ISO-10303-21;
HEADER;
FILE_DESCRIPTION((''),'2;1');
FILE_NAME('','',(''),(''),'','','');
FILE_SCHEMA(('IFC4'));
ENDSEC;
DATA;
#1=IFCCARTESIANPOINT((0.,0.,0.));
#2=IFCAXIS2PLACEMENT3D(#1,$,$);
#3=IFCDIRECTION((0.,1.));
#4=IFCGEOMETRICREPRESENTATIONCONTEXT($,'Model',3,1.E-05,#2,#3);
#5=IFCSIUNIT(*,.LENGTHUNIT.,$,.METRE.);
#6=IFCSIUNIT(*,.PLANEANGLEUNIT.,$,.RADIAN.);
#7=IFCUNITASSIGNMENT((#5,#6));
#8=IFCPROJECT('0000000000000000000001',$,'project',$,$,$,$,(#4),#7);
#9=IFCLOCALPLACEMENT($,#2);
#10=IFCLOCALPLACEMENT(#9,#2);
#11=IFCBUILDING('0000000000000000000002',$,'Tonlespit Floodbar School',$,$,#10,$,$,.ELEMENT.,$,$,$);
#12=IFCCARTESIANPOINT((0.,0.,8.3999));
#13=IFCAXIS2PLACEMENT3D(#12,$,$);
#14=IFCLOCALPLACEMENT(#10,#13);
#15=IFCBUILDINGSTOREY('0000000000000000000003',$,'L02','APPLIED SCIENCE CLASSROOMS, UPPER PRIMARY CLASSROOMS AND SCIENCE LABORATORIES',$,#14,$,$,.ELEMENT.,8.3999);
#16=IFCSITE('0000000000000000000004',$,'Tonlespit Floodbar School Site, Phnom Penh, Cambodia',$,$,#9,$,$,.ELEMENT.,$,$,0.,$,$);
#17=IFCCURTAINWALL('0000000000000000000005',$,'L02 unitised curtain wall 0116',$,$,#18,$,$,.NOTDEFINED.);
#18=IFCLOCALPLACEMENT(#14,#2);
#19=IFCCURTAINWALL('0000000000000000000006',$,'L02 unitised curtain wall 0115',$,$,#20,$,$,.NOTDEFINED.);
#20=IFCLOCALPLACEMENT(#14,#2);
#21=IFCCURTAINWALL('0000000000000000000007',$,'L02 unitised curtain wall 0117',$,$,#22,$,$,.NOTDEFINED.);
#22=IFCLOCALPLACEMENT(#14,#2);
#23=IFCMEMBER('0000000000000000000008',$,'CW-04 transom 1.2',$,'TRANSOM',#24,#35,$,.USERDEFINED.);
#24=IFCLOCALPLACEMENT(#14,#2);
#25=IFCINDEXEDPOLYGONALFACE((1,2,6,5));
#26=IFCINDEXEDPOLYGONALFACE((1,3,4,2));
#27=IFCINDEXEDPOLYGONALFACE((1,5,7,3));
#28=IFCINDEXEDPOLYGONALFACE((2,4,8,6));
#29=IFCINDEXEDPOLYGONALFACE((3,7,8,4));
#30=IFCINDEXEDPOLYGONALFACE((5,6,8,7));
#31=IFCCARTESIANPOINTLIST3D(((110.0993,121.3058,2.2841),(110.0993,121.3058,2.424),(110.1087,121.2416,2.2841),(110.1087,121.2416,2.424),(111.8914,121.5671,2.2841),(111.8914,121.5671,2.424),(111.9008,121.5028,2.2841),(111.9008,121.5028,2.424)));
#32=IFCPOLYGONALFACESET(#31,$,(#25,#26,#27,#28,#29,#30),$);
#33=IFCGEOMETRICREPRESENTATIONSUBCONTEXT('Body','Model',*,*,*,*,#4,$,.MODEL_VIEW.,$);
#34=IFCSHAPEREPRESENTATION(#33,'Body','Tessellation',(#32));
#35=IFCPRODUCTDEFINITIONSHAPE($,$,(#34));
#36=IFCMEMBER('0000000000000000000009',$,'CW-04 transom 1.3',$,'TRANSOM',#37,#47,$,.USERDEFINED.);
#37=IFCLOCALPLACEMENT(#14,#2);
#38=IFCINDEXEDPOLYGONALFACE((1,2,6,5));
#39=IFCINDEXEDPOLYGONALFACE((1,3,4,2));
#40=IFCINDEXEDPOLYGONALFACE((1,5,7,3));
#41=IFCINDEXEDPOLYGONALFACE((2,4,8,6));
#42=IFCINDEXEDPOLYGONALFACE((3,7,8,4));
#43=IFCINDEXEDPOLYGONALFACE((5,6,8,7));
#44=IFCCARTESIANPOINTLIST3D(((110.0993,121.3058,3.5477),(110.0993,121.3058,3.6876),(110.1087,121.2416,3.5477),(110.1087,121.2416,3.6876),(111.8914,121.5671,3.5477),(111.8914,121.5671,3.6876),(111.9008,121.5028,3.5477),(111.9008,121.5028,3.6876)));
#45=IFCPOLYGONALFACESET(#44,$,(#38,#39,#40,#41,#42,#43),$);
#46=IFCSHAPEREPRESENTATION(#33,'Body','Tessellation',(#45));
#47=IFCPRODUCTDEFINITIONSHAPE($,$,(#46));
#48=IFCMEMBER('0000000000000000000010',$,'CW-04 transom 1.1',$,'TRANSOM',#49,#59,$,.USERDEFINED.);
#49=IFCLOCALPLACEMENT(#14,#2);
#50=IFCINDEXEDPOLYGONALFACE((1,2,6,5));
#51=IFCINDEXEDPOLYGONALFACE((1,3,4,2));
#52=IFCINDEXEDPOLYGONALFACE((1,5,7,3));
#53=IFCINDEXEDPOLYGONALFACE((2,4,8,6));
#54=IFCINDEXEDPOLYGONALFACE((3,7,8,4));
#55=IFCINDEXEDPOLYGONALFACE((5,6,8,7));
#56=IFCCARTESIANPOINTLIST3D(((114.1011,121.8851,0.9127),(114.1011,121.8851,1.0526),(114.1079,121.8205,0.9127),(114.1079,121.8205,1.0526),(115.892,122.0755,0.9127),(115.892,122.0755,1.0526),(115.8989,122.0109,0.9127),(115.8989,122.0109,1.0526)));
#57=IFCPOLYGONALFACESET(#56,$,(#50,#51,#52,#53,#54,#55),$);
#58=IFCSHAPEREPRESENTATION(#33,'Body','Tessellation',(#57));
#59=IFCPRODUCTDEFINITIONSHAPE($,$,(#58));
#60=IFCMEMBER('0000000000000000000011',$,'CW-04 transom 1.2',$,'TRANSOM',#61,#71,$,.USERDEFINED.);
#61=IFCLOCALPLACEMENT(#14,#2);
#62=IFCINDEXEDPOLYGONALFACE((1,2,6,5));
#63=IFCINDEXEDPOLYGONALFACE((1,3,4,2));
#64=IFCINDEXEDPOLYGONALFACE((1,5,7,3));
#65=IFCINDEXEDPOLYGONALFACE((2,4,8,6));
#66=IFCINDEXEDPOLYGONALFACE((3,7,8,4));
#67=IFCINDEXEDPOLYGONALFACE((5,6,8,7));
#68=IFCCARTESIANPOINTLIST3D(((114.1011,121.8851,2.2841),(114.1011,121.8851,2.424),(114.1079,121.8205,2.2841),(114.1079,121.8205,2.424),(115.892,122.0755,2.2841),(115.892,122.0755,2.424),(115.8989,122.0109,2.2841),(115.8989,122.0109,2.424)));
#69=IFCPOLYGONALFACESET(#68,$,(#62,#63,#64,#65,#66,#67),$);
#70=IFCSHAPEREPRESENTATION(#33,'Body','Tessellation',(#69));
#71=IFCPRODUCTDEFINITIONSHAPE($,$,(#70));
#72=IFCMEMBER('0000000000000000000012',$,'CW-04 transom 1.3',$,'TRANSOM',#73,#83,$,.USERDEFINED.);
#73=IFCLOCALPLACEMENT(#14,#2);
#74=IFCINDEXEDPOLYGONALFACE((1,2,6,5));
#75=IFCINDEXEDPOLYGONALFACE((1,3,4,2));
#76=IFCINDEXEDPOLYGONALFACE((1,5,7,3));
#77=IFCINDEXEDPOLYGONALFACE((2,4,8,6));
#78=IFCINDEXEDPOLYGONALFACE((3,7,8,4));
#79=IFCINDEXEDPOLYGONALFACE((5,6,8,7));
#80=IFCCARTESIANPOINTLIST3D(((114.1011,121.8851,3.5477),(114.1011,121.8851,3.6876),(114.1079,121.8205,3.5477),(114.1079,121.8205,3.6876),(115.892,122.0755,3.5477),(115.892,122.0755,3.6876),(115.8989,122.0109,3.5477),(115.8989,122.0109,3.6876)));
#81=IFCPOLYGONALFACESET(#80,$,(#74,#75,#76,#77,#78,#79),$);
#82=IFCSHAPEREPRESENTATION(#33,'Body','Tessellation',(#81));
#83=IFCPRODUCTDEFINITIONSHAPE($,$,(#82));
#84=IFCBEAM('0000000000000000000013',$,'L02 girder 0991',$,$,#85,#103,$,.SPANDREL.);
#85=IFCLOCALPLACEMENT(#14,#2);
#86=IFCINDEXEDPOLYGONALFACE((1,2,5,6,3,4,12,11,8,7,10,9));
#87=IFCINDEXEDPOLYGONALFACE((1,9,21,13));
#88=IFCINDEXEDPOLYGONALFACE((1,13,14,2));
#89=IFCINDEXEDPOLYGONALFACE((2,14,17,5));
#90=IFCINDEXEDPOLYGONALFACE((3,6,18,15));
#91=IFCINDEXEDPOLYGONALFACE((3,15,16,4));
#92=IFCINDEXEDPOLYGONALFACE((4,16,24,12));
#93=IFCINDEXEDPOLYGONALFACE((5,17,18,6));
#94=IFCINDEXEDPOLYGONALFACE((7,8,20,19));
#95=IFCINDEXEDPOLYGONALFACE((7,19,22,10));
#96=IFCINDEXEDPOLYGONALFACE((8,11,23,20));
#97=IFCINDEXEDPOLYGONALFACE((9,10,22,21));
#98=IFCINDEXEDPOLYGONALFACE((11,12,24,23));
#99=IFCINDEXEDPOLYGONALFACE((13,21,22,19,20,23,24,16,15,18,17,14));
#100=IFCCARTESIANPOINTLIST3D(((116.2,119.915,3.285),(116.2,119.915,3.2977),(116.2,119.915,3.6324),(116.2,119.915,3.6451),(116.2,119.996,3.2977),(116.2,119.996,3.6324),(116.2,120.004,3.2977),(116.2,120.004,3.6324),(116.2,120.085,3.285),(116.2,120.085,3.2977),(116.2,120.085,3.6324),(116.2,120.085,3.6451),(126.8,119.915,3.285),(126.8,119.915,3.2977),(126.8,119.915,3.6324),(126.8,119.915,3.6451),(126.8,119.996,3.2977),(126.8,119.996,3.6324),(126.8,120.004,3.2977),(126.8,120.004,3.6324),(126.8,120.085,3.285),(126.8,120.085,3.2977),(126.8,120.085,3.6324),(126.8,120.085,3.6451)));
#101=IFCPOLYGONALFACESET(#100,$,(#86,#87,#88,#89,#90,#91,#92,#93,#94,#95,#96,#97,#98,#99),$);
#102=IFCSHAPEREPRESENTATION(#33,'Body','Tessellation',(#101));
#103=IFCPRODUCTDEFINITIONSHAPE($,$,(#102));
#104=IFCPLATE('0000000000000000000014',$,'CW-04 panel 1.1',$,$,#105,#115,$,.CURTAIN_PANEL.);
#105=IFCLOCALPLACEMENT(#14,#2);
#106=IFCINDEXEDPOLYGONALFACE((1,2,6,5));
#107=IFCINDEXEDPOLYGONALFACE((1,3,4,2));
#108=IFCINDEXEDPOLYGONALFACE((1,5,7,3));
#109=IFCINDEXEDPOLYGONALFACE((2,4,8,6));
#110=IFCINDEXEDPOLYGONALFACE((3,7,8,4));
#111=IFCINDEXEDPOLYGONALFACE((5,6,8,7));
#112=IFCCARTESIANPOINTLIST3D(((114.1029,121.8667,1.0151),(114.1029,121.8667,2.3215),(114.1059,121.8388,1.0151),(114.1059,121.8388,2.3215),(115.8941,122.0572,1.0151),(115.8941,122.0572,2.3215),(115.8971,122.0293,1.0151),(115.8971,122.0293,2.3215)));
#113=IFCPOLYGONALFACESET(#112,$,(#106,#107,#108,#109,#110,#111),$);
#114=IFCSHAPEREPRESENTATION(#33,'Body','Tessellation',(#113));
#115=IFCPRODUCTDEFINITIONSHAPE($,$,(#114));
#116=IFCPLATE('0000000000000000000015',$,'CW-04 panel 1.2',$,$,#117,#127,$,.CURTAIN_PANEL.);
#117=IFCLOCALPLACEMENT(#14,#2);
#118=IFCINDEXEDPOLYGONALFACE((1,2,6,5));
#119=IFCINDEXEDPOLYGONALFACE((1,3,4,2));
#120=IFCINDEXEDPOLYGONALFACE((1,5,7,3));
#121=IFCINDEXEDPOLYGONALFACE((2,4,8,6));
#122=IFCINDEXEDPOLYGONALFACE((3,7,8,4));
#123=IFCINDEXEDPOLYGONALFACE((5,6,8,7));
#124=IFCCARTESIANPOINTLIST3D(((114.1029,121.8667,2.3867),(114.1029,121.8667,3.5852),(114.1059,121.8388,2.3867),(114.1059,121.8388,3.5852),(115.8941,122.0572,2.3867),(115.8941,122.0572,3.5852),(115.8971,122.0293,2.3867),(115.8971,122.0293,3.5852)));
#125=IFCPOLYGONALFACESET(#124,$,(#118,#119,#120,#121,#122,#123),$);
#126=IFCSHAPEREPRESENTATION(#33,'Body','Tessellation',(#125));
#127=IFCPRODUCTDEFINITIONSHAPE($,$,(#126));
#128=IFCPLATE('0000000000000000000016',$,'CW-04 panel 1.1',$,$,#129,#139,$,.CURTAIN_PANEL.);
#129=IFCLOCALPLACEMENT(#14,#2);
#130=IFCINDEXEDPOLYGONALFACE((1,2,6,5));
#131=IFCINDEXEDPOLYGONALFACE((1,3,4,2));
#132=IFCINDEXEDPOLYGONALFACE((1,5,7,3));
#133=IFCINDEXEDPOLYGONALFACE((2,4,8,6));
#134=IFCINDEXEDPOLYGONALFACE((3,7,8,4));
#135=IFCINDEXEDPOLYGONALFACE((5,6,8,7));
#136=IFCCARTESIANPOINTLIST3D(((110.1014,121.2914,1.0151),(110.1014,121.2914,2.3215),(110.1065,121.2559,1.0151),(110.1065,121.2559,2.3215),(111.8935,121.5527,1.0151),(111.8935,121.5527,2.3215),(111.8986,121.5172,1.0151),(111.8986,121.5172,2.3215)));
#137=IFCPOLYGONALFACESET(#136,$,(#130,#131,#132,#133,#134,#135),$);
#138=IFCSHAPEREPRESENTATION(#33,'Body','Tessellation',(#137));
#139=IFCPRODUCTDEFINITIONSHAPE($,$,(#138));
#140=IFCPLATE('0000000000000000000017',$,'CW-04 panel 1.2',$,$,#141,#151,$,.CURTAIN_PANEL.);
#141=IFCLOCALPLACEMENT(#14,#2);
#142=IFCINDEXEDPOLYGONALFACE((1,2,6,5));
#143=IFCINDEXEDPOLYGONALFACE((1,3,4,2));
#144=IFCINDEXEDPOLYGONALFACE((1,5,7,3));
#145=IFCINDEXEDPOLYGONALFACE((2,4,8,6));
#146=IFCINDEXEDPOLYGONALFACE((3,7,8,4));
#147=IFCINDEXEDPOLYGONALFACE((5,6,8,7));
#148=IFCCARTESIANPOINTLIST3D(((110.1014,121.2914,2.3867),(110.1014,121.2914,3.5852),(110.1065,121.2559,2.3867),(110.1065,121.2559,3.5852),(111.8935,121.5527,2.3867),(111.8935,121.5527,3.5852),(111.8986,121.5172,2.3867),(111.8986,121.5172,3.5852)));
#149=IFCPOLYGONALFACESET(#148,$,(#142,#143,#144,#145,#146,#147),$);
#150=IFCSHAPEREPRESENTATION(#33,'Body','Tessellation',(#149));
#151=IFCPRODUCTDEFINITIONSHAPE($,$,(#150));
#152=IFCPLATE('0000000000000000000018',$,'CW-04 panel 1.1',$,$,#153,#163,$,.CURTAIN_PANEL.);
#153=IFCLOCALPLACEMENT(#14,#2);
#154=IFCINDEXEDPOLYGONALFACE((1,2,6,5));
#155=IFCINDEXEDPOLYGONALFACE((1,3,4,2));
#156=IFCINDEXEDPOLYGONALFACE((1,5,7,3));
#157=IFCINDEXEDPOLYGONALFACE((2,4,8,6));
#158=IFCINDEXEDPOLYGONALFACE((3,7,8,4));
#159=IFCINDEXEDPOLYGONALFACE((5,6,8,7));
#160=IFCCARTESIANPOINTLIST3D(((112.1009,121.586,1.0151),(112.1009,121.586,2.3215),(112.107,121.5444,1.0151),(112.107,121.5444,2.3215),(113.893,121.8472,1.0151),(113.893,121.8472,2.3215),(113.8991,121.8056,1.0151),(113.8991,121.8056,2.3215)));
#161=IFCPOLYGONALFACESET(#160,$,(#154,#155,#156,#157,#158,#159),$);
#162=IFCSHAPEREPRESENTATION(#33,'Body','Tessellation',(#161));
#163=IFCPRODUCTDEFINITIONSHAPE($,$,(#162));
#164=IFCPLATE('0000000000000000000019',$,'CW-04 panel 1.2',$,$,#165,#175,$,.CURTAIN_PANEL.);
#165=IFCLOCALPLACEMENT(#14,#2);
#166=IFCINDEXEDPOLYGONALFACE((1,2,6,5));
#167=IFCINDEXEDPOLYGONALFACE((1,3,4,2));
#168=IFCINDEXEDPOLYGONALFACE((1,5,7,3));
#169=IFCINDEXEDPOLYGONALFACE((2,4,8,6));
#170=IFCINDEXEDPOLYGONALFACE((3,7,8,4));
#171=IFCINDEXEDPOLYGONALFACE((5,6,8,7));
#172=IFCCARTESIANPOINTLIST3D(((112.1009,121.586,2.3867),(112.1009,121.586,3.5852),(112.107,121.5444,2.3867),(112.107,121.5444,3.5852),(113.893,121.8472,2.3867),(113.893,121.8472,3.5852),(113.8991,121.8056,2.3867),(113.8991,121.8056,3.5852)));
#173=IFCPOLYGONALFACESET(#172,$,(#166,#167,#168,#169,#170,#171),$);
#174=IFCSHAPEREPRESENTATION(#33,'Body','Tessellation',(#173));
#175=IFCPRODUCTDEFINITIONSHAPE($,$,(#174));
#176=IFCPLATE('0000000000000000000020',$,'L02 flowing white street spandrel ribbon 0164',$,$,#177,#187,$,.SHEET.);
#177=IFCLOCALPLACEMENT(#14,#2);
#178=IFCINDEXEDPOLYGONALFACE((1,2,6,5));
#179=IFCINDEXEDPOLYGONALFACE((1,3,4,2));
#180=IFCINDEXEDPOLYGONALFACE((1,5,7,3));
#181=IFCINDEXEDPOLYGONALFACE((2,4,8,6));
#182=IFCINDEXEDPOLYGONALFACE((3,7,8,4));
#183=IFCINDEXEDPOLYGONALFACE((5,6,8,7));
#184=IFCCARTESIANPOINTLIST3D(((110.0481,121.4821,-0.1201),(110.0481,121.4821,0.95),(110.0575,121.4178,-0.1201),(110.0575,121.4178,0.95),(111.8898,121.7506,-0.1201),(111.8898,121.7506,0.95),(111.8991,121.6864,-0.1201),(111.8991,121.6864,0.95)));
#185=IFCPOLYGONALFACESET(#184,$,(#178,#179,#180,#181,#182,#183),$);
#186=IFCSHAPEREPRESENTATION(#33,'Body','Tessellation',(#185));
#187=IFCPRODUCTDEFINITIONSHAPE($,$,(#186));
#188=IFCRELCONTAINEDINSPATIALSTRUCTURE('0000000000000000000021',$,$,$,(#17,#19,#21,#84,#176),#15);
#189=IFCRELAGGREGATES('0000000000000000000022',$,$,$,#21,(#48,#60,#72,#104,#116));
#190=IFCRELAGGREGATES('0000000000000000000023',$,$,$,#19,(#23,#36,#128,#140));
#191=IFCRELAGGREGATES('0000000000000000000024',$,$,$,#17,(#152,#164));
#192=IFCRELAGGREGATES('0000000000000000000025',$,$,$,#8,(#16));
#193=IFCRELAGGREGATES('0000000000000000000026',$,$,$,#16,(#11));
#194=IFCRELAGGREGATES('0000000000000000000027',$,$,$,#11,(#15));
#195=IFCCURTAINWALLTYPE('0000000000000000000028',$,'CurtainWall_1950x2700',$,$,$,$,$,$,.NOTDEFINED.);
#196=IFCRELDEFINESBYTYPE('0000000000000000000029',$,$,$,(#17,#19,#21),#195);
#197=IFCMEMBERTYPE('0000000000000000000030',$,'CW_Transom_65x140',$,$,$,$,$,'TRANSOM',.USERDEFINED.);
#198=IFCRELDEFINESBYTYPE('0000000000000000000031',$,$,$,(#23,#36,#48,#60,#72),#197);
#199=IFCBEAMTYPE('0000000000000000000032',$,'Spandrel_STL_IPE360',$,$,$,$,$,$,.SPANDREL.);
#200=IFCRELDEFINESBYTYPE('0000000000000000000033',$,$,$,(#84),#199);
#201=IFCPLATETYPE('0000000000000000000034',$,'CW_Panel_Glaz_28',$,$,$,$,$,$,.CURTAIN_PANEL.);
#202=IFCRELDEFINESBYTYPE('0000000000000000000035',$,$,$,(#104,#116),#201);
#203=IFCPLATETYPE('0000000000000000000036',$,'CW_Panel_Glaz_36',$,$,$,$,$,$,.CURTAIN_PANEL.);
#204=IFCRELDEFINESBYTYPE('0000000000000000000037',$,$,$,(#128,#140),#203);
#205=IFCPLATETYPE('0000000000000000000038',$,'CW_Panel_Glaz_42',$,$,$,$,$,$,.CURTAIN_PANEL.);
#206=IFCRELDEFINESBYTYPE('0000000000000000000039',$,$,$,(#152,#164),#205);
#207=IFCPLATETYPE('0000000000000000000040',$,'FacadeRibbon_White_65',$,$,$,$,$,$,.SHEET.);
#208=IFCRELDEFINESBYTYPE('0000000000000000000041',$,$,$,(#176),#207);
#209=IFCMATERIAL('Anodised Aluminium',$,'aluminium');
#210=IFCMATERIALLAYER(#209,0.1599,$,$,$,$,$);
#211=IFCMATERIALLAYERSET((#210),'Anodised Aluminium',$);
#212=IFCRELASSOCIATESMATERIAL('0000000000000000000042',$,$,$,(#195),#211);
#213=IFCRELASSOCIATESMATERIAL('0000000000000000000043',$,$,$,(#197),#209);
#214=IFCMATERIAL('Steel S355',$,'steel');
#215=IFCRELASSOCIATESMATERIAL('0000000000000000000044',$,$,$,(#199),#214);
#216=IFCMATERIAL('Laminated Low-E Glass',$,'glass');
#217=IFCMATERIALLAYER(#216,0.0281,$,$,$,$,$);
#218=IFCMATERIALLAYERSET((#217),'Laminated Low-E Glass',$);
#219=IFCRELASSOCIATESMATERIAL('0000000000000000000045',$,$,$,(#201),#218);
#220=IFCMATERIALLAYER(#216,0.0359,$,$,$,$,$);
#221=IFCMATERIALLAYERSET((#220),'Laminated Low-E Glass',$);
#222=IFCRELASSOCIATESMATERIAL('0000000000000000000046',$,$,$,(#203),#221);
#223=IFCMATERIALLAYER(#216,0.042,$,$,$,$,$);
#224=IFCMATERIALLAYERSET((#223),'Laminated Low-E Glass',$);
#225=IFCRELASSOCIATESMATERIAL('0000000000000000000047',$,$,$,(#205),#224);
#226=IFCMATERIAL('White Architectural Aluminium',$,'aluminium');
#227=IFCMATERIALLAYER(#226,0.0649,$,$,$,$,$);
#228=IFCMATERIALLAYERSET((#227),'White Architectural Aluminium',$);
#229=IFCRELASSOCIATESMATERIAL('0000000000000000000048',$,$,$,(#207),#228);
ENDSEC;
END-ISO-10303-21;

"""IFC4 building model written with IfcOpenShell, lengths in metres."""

from ifc_helpers import new_model, si_unit, direction, frame, origin, origin_2d, place, context, subcontext, project, spatial, rectangle, i_section, extrude, material, layer, layer_set, material_profile, profile_set, type_object, element, aggregate, save


model = new_model("IFC4")

# Units and contexts
model_context = context("Model", 3, precision=1e-05, world=origin(), true_north=direction((0.0, 1.0)))
body_context = subcontext(model_context, "Body", "Model", "MODEL_VIEW")
ifc_project = project(units=[si_unit("LENGTHUNIT", "METRE"), si_unit("PLANEANGLEUNIT", "RADIAN")], contexts=[model_context])

# Site, building, storey
site_placement = place(None, origin())
site = spatial("IfcSite", under=ifc_project, at=site_placement, Name="Tonlespit Floodbar School Site, Phnom Penh, Cambodia", CompositionType="ELEMENT", RefElevation=0.0)
building_placement = place(site_placement, origin())
building = spatial("IfcBuilding", under=site, at=building_placement, Name="Tonlespit Floodbar School", CompositionType="ELEMENT")
storey_placement = place(building_placement, frame((0.0, 0.0, 8.3999)))
storey = spatial("IfcBuildingStorey", under=building, at=storey_placement, Name="L02", Description="APPLIED SCIENCE CLASSROOMS, UPPER PRIMARY CLASSROOMS AND SCIENCE LABORATORIES", CompositionType="ELEMENT", Elevation=8.3999)

# Curtain wall
ifc_material_1 = material(Name="Anodised Aluminium", Category="aluminium")
ifc_layer_1 = layer(ifc_material_1, 0.1599)
ifc_layer_set_1 = layer_set([ifc_layer_1], Name="Anodised Aluminium")
curtain_wall_type = type_object("IfcCurtainWallType", Name="CurtainWall_1950x2700", PredefinedType="NOTDEFINED", material=ifc_layer_set_1)
curtain_wall_1_placement = place(storey_placement, origin())
curtain_wall_1 = element("IfcCurtainWall", 1, at=curtain_wall_1_placement, inside=storey, type_object=curtain_wall_type, Name="L02 unitised curtain wall 0116", PredefinedType="NOTDEFINED")

# Curtain wall
curtain_wall_2_placement = place(storey_placement, origin())
curtain_wall_2 = element("IfcCurtainWall", 2, at=curtain_wall_2_placement, inside=storey, type_object=curtain_wall_type, Name="L02 unitised curtain wall 0115", PredefinedType="NOTDEFINED")

# Curtain wall
curtain_wall_3_placement = place(storey_placement, origin())
curtain_wall_3 = element("IfcCurtainWall", 3, at=curtain_wall_3_placement, inside=storey, type_object=curtain_wall_type, Name="L02 unitised curtain wall 0117", PredefinedType="NOTDEFINED")

# Members
ifc_material_profile_1 = material_profile(ifc_material_1, rectangle(XDim=0.0649, YDim=0.1399, at=origin_2d()), Name="ALU T65x140")
ifc_profile_set_1 = profile_set([ifc_material_profile_1], Name="Anodised Aluminium")
member_type_1 = type_object("IfcMemberType", Name="CW_Transom_65x140", ElementType="TRANSOM", PredefinedType="USERDEFINED", material=ifc_profile_set_1)
member_1_placement = place(storey_placement, frame((110.104, 121.2737, 2.354), z_axis=(0.989541, 0.144252, 0.0), x_axis=(-0.144252, 0.989541, 0.0)))
member_1 = element("IfcMember", 4, at=member_1_placement, type_object=member_type_1, Name="CW-04 transom 1.2", ObjectType="TRANSOM", PredefinedType="USERDEFINED", context=body_context, shape_type="SweptSolid", body=[
    extrude(rectangle(XDim=0.0649, YDim=0.1399, at=origin_2d()), origin(), (0.0, 0.0, 1.0), 1.811),
])
member_2_placement = place(storey_placement, frame((110.104, 121.2737, 3.6177), z_axis=(0.989541, 0.144252, 0.0), x_axis=(-0.144252, 0.989541, 0.0)))
member_2 = element("IfcMember", 5, at=member_2_placement, type_object=member_type_1, Name="CW-04 transom 1.3", ObjectType="TRANSOM", PredefinedType="USERDEFINED", context=body_context, shape_type="SweptSolid", body=[
    extrude(rectangle(XDim=0.0649, YDim=0.1399, at=origin_2d()), origin(), (0.0, 0.0, 1.0), 1.811),
])
member_3_placement = place(storey_placement, frame((114.1045, 121.8528, 0.9827), z_axis=(0.994395, 0.105729, 0.0), x_axis=(-0.105729, 0.994395, 0.0)))
member_3 = element("IfcMember", 6, at=member_3_placement, type_object=member_type_1, Name="CW-04 transom 1.1", ObjectType="TRANSOM", PredefinedType="USERDEFINED", context=body_context, shape_type="SweptSolid", body=[
    extrude(rectangle(XDim=0.0649, YDim=0.1399, at=origin_2d()), origin(), (0.0, 0.0, 1.0), 1.801),
])
member_4_placement = place(storey_placement, frame((114.1045, 121.8528, 2.354), z_axis=(0.994395, 0.105729, 0.0), x_axis=(-0.105729, 0.994395, 0.0)))
member_4 = element("IfcMember", 7, at=member_4_placement, type_object=member_type_1, Name="CW-04 transom 1.2", ObjectType="TRANSOM", PredefinedType="USERDEFINED", context=body_context, shape_type="SweptSolid", body=[
    extrude(rectangle(XDim=0.0649, YDim=0.1399, at=origin_2d()), origin(), (0.0, 0.0, 1.0), 1.801),
])
member_5_placement = place(storey_placement, frame((114.1045, 121.8528, 3.6177), z_axis=(0.994395, 0.105729, 0.0), x_axis=(-0.105729, 0.994395, 0.0)))
member_5 = element("IfcMember", 8, at=member_5_placement, type_object=member_type_1, Name="CW-04 transom 1.3", ObjectType="TRANSOM", PredefinedType="USERDEFINED", context=body_context, shape_type="SweptSolid", body=[
    extrude(rectangle(XDim=0.0649, YDim=0.1399, at=origin_2d()), origin(), (0.0, 0.0, 1.0), 1.801),
])

# Beam
ifc_material_2 = material(Name="Steel S355", Category="steel")
ifc_material_profile_2 = material_profile(ifc_material_2, i_section(OverallWidth=0.1699, OverallDepth=0.3601, WebThickness=0.0081, FlangeThickness=0.0127, at=origin_2d()), Name="IPE 360")
ifc_profile_set_2 = profile_set([ifc_material_profile_2], Name="Steel S355")
beam_type_1 = type_object("IfcBeamType", Name="Spandrel_STL_IPE360", PredefinedType="SPANDREL", material=ifc_profile_set_2)
beam_1_placement = place(storey_placement, frame((116.2, 120.0, 3.4651), z_axis=(1.0, 0.0, 0.0), x_axis=(0.0, 1.0, 0.0)))
element("IfcBeam", 9, at=beam_1_placement, inside=storey, type_object=beam_type_1, Name="L02 girder 0991", PredefinedType="SPANDREL", context=body_context, shape_type="SweptSolid", body=[
    extrude(i_section(OverallWidth=0.1699, OverallDepth=0.3601, WebThickness=0.0081, FlangeThickness=0.0127, at=origin_2d()), origin(), (0.0, 0.0, 1.0), 10.6001),
])

# Plates
ifc_material_3 = material(Name="Laminated Low-E Glass", Category="glass")
ifc_layer_2 = layer(ifc_material_3, 0.0281)
ifc_layer_set_2 = layer_set([ifc_layer_2], Name="Laminated Low-E Glass")
plate_type_1 = type_object("IfcPlateType", Name="CW_Panel_Glaz_28", PredefinedType="CURTAIN_PANEL", material=ifc_layer_set_2)
plate_1_placement = place(storey_placement, frame((115.0, 121.948, 1.0151), z_axis=(0.0, 0.0, 1.0), x_axis=(0.994389, 0.105787, 0.0)))
plate_1 = element("IfcPlate", 10, at=plate_1_placement, type_object=plate_type_1, Name="CW-04 panel 1.1", PredefinedType="CURTAIN_PANEL", context=body_context, shape_type="SweptSolid", body=[
    extrude(rectangle(XDim=1.8013, YDim=0.0281, at=origin_2d()), origin(), (0.0, 0.0, 1.0), 1.3064),
])
plate_2_placement = place(storey_placement, frame((115.0, 121.948, 2.3867), z_axis=(0.0, 0.0, 1.0), x_axis=(0.994389, 0.105787, 0.0)))
plate_2 = element("IfcPlate", 11, at=plate_2_placement, type_object=plate_type_1, Name="CW-04 panel 1.2", PredefinedType="CURTAIN_PANEL", context=body_context, shape_type="SweptSolid", body=[
    extrude(rectangle(XDim=1.8013, YDim=0.0281, at=origin_2d()), origin(), (0.0, 0.0, 1.0), 1.1985),
])
aggregate(curtain_wall_3, [member_3, member_4, member_5, plate_1, plate_2])
ifc_layer_3 = layer(ifc_material_3, 0.0359)
ifc_layer_set_3 = layer_set([ifc_layer_3], Name="Laminated Low-E Glass")
plate_type_2 = type_object("IfcPlateType", Name="CW_Panel_Glaz_36", PredefinedType="CURTAIN_PANEL", material=ifc_layer_set_3)
plate_3_placement = place(storey_placement, frame((111.0, 121.4043, 1.0151), z_axis=(0.0, 0.0, 1.0), x_axis=(0.989542, 0.144248, 0.0)))
plate_3 = element("IfcPlate", 12, at=plate_3_placement, type_object=plate_type_2, Name="CW-04 panel 1.1", PredefinedType="CURTAIN_PANEL", context=body_context, shape_type="SweptSolid", body=[
    extrude(rectangle(XDim=1.811, YDim=0.0359, at=origin_2d()), origin(), (0.0, 0.0, 1.0), 1.3064),
])
plate_4_placement = place(storey_placement, frame((111.0, 121.4043, 2.3867), z_axis=(0.0, 0.0, 1.0), x_axis=(0.989542, 0.144248, 0.0)))
plate_4 = element("IfcPlate", 13, at=plate_4_placement, type_object=plate_type_2, Name="CW-04 panel 1.2", PredefinedType="CURTAIN_PANEL", context=body_context, shape_type="SweptSolid", body=[
    extrude(rectangle(XDim=1.811, YDim=0.0359, at=origin_2d()), origin(), (0.0, 0.0, 1.0), 1.1985),
])
aggregate(curtain_wall_2, [member_1, member_2, plate_3, plate_4])
ifc_layer_4 = layer(ifc_material_3, 0.042)
ifc_layer_set_4 = layer_set([ifc_layer_4], Name="Laminated Low-E Glass")
plate_type_3 = type_object("IfcPlateType", Name="CW_Panel_Glaz_42", PredefinedType="CURTAIN_PANEL", material=ifc_layer_set_4)
plate_5_placement = place(storey_placement, frame((113.0, 121.6958, 1.0151), z_axis=(0.0, 0.0, 1.0), x_axis=(0.989542, 0.144248, 0.0)))
plate_5 = element("IfcPlate", 14, at=plate_5_placement, type_object=plate_type_3, Name="CW-04 panel 1.1", PredefinedType="CURTAIN_PANEL", context=body_context, shape_type="SweptSolid", body=[
    extrude(rectangle(XDim=1.811, YDim=0.042, at=origin_2d()), origin(), (0.0, 0.0, 1.0), 1.3064),
])
plate_6_placement = place(storey_placement, frame((113.0, 121.6958, 2.3867), z_axis=(0.0, 0.0, 1.0), x_axis=(0.989542, 0.144248, 0.0)))
plate_6 = element("IfcPlate", 15, at=plate_6_placement, type_object=plate_type_3, Name="CW-04 panel 1.2", PredefinedType="CURTAIN_PANEL", context=body_context, shape_type="SweptSolid", body=[
    extrude(rectangle(XDim=1.811, YDim=0.042, at=origin_2d()), origin(), (0.0, 0.0, 1.0), 1.1985),
])
aggregate(curtain_wall_1, [plate_5, plate_6])

# Plate
ifc_material_4 = material(Name="White Architectural Aluminium", Category="aluminium")
ifc_layer_5 = layer(ifc_material_4, 0.0649)
ifc_layer_set_5 = layer_set([ifc_layer_5], Name="White Architectural Aluminium")
plate_type_4 = type_object("IfcPlateType", Name="FacadeRibbon_White_65", PredefinedType="SHEET", material=ifc_layer_set_5)
for number, where, z_axis, x_axis, name in (
    (16, (110.9736, 121.5842, -0.1201), (0.0, 0.0, 1.0), (0.989538, 0.144275, 0.0), "L02 flowing white street spandrel ribbon 0164"),
):
    element("IfcPlate", number, at=place(storey_placement, frame(where, z_axis=z_axis, x_axis=x_axis)), inside=storey, type_object=plate_type_4, Name=name, PredefinedType="SHEET", context=body_context, shape_type="SweptSolid", body=[
        extrude(rectangle(XDim=1.8611, YDim=0.0649, at=origin_2d()), origin(), (0.0, 0.0, 1.0), 1.0701),
    ])

save(model, "model.ifc")
